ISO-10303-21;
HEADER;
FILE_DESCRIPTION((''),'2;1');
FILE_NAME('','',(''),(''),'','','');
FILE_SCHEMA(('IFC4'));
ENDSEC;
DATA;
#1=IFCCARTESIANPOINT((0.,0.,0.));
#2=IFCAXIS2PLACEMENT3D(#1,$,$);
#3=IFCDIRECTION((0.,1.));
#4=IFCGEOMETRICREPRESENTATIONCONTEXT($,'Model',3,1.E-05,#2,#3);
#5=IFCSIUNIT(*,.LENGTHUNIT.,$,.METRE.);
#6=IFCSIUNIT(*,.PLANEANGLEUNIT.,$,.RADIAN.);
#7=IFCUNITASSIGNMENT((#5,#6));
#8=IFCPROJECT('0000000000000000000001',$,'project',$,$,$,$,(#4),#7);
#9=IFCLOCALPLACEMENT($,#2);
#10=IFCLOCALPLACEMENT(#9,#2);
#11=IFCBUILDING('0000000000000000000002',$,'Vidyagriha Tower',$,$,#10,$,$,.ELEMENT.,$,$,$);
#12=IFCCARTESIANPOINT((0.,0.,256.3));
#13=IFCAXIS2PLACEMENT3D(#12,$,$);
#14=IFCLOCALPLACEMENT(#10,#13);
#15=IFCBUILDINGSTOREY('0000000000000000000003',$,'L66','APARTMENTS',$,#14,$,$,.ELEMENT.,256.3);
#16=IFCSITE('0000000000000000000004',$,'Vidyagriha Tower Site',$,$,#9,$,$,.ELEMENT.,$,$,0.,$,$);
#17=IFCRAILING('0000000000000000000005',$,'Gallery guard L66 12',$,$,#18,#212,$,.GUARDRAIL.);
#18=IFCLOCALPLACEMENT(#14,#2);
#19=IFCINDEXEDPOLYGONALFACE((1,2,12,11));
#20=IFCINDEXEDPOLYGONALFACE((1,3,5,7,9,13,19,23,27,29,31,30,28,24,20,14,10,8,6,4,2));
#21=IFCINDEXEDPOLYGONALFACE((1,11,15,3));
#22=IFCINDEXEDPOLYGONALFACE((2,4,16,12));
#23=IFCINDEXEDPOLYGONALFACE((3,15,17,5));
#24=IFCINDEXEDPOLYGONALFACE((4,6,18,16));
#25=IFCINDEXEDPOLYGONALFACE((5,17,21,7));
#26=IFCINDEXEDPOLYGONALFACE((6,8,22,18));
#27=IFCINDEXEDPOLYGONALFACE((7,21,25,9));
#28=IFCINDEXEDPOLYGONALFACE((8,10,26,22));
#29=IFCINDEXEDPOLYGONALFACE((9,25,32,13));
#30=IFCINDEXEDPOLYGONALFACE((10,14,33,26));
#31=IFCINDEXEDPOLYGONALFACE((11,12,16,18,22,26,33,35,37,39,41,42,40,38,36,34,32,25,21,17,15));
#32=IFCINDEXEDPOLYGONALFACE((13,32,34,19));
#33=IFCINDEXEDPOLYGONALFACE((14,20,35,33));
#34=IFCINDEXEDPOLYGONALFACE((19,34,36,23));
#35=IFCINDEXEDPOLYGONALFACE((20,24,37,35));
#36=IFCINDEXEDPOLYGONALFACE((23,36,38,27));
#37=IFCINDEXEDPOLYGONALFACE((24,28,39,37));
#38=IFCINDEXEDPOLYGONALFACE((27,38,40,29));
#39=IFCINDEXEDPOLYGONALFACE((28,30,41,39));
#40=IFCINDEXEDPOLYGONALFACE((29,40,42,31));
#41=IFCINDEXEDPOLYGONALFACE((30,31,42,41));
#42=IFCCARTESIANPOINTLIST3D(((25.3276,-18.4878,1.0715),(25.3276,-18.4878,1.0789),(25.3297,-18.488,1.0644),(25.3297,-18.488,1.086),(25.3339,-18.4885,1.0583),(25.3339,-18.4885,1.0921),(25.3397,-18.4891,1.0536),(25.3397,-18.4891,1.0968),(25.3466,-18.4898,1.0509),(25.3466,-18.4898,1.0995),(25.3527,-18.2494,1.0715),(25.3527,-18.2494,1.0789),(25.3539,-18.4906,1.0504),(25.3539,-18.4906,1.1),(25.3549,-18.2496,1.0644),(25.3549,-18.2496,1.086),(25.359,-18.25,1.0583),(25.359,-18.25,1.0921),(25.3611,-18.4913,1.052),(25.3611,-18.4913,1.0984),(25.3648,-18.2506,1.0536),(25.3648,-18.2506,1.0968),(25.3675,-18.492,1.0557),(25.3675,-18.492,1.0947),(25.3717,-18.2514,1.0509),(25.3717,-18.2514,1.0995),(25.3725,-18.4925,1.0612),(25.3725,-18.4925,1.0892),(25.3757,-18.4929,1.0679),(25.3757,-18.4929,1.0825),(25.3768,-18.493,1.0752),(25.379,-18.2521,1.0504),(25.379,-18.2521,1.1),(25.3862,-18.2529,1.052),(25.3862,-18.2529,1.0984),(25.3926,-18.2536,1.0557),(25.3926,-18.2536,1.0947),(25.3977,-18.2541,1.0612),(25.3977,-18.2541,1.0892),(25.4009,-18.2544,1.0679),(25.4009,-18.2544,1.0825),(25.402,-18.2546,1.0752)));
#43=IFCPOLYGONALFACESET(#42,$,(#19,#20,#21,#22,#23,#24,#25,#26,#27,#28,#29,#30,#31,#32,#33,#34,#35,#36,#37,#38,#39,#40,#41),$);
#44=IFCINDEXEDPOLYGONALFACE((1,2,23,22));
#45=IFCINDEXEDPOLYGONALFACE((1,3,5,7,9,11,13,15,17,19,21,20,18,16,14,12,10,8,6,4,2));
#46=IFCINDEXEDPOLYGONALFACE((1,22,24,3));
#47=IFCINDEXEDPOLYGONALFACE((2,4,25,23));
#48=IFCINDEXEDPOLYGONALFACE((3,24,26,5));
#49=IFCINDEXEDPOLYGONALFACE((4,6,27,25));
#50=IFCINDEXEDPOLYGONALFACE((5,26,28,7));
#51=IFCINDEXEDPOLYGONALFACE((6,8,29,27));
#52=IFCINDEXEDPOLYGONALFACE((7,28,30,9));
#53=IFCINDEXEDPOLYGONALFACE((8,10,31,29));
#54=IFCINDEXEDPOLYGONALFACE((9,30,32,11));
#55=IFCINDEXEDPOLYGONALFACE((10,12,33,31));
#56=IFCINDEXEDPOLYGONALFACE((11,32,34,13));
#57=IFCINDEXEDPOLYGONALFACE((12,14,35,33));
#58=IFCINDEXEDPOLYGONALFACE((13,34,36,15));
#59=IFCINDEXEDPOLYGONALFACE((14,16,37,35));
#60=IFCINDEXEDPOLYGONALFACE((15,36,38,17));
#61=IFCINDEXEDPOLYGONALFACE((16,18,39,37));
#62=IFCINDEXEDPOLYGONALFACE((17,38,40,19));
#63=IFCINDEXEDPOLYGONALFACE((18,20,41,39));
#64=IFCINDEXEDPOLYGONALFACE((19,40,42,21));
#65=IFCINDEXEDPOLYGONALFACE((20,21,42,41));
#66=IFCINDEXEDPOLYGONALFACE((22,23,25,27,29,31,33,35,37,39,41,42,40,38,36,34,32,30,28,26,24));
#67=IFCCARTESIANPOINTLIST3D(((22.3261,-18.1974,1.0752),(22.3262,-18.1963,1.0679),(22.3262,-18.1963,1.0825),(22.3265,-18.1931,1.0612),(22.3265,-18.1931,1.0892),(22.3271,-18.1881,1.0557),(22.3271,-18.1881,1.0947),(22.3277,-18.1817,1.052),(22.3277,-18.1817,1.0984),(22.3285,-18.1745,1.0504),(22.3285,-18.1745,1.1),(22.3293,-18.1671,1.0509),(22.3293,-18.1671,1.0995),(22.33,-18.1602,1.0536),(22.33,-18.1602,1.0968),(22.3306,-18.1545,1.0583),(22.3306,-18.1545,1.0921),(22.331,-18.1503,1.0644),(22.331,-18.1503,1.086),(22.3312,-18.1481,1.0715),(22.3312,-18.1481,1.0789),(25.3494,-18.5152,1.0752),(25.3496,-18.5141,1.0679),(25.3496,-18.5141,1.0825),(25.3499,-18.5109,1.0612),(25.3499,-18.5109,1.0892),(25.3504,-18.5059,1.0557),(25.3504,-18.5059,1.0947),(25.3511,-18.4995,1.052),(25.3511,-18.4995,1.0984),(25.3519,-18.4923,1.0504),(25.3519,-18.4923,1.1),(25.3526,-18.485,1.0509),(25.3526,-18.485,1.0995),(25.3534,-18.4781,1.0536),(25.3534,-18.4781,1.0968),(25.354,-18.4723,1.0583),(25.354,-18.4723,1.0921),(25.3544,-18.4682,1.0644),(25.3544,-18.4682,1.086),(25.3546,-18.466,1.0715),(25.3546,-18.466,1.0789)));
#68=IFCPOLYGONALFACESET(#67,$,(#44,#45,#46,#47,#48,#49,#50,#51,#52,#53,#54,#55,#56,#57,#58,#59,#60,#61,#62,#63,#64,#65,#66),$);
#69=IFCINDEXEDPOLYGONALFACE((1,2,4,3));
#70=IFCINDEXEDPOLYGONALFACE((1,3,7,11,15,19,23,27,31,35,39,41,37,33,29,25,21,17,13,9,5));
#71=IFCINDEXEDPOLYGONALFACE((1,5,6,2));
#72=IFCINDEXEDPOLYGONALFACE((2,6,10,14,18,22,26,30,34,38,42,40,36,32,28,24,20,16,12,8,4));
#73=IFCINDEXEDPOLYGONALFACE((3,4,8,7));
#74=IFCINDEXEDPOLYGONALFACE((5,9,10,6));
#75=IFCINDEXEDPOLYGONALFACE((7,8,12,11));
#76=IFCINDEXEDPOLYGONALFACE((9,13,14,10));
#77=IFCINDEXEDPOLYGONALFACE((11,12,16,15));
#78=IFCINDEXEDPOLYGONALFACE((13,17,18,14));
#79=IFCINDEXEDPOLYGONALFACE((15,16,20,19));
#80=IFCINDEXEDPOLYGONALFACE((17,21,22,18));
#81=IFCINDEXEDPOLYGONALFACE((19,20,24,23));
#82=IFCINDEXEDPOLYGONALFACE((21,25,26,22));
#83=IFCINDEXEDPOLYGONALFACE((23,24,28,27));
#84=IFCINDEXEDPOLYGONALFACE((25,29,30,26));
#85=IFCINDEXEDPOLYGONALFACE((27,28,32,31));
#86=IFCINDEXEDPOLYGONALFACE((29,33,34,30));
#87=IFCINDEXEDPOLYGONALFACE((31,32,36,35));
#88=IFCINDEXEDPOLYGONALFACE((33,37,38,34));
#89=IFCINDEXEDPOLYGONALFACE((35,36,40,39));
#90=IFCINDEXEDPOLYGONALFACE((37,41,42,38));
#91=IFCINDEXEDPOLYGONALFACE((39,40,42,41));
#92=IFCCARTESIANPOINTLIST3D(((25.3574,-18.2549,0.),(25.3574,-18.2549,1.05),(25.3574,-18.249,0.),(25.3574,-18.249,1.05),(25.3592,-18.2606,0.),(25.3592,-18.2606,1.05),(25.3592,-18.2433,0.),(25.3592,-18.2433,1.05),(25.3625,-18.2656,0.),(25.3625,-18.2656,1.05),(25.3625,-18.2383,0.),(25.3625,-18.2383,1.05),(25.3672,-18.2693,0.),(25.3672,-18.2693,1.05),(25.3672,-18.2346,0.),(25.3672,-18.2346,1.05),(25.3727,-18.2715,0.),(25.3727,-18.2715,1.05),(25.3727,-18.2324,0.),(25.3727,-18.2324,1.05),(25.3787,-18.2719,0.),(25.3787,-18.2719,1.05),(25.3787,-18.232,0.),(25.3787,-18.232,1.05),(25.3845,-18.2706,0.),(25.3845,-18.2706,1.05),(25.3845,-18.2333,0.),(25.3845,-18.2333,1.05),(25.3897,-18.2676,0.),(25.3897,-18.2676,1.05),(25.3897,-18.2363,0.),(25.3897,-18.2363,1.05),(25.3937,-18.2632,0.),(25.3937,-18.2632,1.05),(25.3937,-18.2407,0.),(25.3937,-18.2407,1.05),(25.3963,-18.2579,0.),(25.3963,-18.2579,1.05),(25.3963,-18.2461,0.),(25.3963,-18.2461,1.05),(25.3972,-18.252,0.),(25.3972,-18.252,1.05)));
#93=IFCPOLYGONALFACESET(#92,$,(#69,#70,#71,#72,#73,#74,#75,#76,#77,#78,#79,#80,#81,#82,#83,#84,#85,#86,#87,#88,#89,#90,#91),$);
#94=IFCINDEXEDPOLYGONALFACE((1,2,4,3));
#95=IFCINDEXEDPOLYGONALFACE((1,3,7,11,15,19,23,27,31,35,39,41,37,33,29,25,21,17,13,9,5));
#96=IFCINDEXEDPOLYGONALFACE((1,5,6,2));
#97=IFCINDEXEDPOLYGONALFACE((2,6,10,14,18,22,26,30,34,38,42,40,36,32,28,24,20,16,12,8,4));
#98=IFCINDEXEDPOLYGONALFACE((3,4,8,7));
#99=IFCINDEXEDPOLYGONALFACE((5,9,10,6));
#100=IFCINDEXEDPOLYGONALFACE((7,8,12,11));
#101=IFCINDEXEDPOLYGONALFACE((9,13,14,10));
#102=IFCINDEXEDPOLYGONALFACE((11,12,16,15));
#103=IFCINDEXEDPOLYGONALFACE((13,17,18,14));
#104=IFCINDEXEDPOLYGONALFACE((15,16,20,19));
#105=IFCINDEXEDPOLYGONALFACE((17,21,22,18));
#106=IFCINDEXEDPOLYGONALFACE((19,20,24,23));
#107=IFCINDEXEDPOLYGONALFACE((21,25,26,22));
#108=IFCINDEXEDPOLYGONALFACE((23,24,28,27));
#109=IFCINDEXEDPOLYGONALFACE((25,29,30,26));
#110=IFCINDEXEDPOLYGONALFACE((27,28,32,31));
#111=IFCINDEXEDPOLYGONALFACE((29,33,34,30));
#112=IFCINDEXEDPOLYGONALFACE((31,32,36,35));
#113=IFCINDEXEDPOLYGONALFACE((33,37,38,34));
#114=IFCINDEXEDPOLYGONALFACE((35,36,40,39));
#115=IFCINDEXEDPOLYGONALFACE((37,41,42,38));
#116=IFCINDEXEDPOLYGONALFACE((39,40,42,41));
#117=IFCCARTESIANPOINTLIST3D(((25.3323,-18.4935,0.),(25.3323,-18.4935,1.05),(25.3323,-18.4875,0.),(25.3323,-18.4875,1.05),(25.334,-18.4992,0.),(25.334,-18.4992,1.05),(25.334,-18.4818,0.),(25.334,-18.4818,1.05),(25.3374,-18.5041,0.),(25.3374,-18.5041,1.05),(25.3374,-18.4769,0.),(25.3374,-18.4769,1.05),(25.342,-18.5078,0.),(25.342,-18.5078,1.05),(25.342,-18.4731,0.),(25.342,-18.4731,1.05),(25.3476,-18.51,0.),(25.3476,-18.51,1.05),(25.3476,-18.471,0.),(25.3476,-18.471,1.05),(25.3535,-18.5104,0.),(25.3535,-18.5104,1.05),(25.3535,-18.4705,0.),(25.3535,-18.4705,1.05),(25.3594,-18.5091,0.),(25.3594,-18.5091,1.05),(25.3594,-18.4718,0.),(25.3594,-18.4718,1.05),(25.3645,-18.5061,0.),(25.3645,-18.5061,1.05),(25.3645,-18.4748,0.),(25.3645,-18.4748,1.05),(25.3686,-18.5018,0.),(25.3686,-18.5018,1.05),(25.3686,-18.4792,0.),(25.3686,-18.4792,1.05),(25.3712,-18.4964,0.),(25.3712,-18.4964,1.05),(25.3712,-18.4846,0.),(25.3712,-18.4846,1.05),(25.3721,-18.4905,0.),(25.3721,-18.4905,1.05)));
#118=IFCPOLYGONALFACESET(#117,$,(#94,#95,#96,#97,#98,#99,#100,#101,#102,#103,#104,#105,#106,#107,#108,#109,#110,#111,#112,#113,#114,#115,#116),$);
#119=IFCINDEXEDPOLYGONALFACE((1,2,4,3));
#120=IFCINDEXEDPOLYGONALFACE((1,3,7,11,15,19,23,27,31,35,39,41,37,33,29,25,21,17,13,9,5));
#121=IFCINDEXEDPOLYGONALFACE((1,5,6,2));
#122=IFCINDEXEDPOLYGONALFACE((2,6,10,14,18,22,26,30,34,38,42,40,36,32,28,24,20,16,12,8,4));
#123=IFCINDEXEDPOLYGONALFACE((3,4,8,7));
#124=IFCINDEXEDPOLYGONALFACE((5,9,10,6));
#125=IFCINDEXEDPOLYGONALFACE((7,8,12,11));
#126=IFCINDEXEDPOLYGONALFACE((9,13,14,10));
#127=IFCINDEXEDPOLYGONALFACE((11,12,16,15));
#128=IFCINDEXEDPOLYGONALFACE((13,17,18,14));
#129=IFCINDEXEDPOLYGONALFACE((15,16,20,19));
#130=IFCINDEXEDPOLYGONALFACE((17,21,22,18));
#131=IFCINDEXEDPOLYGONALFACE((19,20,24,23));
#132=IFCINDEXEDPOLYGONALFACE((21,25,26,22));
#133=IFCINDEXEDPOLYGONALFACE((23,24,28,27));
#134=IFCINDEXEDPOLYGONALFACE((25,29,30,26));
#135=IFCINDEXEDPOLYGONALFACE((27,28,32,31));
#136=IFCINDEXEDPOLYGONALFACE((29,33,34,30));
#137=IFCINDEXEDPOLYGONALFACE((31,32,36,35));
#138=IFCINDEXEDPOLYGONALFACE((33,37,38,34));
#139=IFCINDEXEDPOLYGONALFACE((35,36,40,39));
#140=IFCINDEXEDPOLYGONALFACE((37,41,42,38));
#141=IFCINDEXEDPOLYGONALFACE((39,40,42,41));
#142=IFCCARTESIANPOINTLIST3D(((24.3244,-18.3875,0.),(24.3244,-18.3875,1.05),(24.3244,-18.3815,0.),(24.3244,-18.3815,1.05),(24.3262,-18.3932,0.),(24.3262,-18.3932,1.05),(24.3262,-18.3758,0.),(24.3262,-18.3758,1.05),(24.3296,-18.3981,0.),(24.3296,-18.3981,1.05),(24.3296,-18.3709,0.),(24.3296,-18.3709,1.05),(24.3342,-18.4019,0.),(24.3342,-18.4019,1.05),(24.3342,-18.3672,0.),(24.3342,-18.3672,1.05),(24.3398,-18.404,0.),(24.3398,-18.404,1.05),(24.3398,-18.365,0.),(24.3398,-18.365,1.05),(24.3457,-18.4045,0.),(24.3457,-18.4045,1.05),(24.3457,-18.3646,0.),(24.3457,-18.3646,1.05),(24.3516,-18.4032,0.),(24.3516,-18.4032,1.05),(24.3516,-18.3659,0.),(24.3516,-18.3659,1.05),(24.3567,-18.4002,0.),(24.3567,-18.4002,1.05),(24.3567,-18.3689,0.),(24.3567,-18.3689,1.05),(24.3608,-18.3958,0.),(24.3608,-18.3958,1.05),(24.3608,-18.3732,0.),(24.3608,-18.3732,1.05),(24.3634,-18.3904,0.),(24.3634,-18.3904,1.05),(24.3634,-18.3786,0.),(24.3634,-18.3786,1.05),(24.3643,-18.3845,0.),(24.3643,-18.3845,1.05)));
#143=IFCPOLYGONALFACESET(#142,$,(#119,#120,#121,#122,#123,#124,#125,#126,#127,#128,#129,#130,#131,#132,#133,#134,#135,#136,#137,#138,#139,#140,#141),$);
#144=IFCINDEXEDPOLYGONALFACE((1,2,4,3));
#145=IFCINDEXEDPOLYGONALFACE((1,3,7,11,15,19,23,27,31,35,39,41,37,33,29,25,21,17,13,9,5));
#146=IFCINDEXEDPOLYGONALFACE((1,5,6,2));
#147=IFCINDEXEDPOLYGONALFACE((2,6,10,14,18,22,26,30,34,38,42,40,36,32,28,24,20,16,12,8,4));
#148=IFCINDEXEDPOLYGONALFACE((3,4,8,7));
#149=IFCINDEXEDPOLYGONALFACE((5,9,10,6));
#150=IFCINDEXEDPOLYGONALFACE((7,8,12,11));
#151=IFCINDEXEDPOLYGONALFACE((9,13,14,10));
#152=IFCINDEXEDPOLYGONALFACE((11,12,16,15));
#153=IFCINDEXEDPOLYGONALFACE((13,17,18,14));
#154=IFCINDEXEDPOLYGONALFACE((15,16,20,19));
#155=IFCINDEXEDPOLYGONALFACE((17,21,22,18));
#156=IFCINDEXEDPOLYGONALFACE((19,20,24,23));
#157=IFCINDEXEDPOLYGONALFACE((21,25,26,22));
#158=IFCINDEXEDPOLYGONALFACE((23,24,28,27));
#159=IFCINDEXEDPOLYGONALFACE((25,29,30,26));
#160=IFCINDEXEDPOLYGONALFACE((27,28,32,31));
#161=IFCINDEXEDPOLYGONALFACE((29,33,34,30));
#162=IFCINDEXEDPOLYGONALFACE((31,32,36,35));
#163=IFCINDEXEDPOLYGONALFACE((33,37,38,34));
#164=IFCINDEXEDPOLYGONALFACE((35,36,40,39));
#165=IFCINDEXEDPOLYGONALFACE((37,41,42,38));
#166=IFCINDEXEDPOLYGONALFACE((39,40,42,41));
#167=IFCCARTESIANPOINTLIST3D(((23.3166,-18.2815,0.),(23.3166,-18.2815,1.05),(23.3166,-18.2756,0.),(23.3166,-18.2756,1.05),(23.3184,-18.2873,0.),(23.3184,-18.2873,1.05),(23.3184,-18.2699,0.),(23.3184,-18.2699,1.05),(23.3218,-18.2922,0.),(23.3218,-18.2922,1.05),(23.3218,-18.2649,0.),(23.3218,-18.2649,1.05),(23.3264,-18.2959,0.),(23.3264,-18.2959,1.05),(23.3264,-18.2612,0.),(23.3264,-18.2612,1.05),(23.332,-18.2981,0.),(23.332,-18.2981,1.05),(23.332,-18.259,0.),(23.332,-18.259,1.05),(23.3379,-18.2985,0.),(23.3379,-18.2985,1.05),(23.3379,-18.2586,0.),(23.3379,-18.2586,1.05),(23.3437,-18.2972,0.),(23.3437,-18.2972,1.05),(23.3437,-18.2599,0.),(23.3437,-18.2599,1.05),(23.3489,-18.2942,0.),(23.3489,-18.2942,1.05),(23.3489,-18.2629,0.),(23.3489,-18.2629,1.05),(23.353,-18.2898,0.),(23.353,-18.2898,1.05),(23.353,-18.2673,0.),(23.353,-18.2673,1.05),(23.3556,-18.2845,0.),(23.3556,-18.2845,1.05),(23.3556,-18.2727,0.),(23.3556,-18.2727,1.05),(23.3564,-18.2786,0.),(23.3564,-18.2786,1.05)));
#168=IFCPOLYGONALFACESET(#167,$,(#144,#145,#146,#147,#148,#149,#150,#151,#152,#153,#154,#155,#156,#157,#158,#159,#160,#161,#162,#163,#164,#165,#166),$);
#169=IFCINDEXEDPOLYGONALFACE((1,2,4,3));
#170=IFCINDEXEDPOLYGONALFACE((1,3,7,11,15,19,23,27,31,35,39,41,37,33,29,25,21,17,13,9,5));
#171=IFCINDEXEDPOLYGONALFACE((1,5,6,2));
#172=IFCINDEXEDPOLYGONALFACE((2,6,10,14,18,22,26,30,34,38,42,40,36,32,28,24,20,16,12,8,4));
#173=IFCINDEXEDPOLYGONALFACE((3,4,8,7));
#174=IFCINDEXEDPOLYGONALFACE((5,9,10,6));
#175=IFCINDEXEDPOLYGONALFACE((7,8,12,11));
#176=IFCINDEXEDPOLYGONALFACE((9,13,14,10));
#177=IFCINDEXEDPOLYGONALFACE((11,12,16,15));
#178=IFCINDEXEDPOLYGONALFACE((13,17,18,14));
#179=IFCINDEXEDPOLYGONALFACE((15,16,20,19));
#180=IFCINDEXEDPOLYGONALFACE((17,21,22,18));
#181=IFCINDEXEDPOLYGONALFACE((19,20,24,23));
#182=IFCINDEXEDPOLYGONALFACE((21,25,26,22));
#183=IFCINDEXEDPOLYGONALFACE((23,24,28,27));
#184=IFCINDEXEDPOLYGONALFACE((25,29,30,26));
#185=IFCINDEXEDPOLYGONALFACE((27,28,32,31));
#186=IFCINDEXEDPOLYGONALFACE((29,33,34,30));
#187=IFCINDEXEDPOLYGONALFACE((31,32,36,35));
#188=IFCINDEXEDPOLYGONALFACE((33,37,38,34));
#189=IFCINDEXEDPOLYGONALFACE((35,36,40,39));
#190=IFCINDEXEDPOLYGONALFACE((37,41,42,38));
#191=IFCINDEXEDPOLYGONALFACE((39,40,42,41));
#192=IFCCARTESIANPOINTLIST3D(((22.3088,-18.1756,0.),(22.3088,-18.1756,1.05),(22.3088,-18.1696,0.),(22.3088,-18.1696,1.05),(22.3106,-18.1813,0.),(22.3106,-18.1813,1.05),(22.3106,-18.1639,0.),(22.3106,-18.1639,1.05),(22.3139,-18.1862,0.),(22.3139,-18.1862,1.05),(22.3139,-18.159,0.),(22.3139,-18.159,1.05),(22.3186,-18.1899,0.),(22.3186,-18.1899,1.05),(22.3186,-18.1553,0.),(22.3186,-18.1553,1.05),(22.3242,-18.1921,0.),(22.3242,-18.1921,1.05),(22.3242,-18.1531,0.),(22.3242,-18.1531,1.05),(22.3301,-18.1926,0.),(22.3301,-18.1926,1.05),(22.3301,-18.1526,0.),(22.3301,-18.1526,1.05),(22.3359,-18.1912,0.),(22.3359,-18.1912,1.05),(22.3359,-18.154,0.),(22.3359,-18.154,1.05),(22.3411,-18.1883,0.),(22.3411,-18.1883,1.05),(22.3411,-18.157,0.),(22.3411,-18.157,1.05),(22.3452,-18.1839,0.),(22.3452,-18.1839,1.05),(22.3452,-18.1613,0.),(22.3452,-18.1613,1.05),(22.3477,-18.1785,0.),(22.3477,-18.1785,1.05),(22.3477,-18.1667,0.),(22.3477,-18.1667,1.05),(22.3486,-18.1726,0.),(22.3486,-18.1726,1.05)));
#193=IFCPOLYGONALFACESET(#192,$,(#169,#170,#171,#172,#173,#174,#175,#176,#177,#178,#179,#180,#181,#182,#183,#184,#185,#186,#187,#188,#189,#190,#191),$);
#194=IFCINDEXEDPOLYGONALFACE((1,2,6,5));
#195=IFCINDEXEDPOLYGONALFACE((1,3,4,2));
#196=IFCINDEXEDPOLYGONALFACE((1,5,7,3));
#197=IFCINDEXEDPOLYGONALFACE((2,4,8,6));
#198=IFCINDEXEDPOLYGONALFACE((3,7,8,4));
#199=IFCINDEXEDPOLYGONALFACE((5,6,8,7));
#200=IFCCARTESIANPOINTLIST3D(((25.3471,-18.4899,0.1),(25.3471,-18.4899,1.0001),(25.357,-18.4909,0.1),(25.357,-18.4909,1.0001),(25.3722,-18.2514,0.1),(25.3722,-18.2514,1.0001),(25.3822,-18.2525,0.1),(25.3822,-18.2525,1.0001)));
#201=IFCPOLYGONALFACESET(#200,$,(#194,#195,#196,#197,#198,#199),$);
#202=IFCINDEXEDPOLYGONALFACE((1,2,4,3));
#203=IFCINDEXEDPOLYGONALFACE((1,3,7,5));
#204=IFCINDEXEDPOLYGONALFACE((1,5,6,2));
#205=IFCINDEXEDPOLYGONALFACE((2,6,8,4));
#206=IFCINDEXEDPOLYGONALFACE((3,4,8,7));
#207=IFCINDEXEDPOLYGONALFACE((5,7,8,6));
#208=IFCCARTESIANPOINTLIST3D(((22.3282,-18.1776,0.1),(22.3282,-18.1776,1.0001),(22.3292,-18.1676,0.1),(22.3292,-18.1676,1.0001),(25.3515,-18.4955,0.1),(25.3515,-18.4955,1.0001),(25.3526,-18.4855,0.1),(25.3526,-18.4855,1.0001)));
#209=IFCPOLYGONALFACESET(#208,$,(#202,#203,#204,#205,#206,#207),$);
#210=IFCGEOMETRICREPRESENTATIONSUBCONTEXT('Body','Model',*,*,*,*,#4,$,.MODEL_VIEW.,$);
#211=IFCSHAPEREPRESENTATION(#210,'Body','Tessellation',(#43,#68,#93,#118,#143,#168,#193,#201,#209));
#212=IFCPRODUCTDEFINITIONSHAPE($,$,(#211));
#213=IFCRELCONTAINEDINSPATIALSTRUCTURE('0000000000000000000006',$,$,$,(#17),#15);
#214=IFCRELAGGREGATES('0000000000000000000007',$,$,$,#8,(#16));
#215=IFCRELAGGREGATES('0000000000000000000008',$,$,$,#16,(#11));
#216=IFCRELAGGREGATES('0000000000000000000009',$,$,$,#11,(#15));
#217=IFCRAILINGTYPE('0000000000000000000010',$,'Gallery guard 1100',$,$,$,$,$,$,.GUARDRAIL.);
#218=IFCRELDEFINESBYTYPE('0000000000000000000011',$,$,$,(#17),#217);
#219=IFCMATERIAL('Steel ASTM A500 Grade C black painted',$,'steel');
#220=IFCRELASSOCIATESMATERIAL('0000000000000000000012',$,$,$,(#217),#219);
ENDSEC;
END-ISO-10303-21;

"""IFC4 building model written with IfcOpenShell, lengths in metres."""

from ifc_helpers import new_model, si_unit, direction, frame, origin, origin_2d, place, context, subcontext, project, spatial, rectangle, circle, extrude, material, type_object, element, save


model = new_model("IFC4")

# Units and contexts
model_context = context("Model", 3, precision=1e-05, world=origin(), true_north=direction((0.0, 1.0)))
body_context = subcontext(model_context, "Body", "Model", "MODEL_VIEW")
ifc_project = project(units=[si_unit("LENGTHUNIT", "METRE"), si_unit("PLANEANGLEUNIT", "RADIAN")], contexts=[model_context])

# Site, building, storey
site_placement = place(None, origin())
site = spatial("IfcSite", under=ifc_project, at=site_placement, Name="Vidyagriha Tower Site", CompositionType="ELEMENT", RefElevation=0.0)
building_placement = place(site_placement, origin())
building = spatial("IfcBuilding", under=site, at=building_placement, Name="Vidyagriha Tower", CompositionType="ELEMENT")
storey_placement = place(building_placement, frame((0.0, 0.0, 256.3)))
storey = spatial("IfcBuildingStorey", under=building, at=storey_placement, Name="L66", Description="APARTMENTS", CompositionType="ELEMENT", Elevation=256.3)

# Railing
ifc_material_1 = material(Name="Steel ASTM A500 Grade C black painted", Category="steel")
railing_type_1 = type_object("IfcRailingType", Name="Gallery guard 1100", PredefinedType="GUARDRAIL", material=ifc_material_1)
railing_1_placement = place(storey_placement, frame((25.3772, -18.252, 0.0)))
element("IfcRailing", 1, at=railing_1_placement, inside=storey, type_object=railing_type_1, Name="Gallery guard L66 12", PredefinedType="GUARDRAIL", context=body_context, shape_type="SweptSolid", body=[
    extrude(circle(Radius=0.0249, at=origin_2d()), frame((0.0, 0.0, 1.0752), z_axis=(-0.104844, -0.994489, 0.0), x_axis=(0.994489, -0.104844, 0.0)), (0.0, 0.0, 1.0), 0.2397),
    extrude(circle(Radius=0.0249, at=origin_2d()), frame((-0.0251, -0.2385, 1.0752), z_axis=(-0.994519, 0.104559, 0.0), x_axis=(-0.104559, -0.994519, 0.0)), (0.0, 0.0, 1.0), 3.04),
    extrude(circle(Radius=0.02, at=origin_2d()), origin(), (0.0, 0.0, 1.0), 1.05),
    extrude(circle(Radius=0.02, at=origin_2d()), frame((-0.0251, -0.2385, 0.0)), (0.0, 0.0, 1.0), 1.05),
    extrude(circle(Radius=0.02, at=origin_2d()), frame((-1.033, -0.1326, 0.0)), (0.0, 0.0, 1.0), 1.05),
    extrude(circle(Radius=0.02, at=origin_2d()), frame((-2.0408, -0.0266, 0.0)), (0.0, 0.0, 1.0), 1.05),
    extrude(circle(Radius=0.02, at=origin_2d()), frame((-3.0486, 0.0793, 0.0)), (0.0, 0.0, 1.0), 1.05),
    extrude(rectangle(XDim=0.01, YDim=0.9001, at=origin_2d()), frame((0.0, 0.0, 0.55), z_axis=(-0.104844, -0.994489, 0.0), x_axis=(0.994489, -0.104844, 0.0)), (0.0, 0.0, 1.0), 0.2397),
    extrude(rectangle(XDim=0.01, YDim=0.9001, at=origin_2d()), frame((-0.0251, -0.2385, 0.55), z_axis=(-0.994519, 0.104559, 0.0), x_axis=(-0.104559, -0.994519, 0.0)), (0.0, 0.0, 1.0), 3.04),
])

save(model, "model.ifc")
